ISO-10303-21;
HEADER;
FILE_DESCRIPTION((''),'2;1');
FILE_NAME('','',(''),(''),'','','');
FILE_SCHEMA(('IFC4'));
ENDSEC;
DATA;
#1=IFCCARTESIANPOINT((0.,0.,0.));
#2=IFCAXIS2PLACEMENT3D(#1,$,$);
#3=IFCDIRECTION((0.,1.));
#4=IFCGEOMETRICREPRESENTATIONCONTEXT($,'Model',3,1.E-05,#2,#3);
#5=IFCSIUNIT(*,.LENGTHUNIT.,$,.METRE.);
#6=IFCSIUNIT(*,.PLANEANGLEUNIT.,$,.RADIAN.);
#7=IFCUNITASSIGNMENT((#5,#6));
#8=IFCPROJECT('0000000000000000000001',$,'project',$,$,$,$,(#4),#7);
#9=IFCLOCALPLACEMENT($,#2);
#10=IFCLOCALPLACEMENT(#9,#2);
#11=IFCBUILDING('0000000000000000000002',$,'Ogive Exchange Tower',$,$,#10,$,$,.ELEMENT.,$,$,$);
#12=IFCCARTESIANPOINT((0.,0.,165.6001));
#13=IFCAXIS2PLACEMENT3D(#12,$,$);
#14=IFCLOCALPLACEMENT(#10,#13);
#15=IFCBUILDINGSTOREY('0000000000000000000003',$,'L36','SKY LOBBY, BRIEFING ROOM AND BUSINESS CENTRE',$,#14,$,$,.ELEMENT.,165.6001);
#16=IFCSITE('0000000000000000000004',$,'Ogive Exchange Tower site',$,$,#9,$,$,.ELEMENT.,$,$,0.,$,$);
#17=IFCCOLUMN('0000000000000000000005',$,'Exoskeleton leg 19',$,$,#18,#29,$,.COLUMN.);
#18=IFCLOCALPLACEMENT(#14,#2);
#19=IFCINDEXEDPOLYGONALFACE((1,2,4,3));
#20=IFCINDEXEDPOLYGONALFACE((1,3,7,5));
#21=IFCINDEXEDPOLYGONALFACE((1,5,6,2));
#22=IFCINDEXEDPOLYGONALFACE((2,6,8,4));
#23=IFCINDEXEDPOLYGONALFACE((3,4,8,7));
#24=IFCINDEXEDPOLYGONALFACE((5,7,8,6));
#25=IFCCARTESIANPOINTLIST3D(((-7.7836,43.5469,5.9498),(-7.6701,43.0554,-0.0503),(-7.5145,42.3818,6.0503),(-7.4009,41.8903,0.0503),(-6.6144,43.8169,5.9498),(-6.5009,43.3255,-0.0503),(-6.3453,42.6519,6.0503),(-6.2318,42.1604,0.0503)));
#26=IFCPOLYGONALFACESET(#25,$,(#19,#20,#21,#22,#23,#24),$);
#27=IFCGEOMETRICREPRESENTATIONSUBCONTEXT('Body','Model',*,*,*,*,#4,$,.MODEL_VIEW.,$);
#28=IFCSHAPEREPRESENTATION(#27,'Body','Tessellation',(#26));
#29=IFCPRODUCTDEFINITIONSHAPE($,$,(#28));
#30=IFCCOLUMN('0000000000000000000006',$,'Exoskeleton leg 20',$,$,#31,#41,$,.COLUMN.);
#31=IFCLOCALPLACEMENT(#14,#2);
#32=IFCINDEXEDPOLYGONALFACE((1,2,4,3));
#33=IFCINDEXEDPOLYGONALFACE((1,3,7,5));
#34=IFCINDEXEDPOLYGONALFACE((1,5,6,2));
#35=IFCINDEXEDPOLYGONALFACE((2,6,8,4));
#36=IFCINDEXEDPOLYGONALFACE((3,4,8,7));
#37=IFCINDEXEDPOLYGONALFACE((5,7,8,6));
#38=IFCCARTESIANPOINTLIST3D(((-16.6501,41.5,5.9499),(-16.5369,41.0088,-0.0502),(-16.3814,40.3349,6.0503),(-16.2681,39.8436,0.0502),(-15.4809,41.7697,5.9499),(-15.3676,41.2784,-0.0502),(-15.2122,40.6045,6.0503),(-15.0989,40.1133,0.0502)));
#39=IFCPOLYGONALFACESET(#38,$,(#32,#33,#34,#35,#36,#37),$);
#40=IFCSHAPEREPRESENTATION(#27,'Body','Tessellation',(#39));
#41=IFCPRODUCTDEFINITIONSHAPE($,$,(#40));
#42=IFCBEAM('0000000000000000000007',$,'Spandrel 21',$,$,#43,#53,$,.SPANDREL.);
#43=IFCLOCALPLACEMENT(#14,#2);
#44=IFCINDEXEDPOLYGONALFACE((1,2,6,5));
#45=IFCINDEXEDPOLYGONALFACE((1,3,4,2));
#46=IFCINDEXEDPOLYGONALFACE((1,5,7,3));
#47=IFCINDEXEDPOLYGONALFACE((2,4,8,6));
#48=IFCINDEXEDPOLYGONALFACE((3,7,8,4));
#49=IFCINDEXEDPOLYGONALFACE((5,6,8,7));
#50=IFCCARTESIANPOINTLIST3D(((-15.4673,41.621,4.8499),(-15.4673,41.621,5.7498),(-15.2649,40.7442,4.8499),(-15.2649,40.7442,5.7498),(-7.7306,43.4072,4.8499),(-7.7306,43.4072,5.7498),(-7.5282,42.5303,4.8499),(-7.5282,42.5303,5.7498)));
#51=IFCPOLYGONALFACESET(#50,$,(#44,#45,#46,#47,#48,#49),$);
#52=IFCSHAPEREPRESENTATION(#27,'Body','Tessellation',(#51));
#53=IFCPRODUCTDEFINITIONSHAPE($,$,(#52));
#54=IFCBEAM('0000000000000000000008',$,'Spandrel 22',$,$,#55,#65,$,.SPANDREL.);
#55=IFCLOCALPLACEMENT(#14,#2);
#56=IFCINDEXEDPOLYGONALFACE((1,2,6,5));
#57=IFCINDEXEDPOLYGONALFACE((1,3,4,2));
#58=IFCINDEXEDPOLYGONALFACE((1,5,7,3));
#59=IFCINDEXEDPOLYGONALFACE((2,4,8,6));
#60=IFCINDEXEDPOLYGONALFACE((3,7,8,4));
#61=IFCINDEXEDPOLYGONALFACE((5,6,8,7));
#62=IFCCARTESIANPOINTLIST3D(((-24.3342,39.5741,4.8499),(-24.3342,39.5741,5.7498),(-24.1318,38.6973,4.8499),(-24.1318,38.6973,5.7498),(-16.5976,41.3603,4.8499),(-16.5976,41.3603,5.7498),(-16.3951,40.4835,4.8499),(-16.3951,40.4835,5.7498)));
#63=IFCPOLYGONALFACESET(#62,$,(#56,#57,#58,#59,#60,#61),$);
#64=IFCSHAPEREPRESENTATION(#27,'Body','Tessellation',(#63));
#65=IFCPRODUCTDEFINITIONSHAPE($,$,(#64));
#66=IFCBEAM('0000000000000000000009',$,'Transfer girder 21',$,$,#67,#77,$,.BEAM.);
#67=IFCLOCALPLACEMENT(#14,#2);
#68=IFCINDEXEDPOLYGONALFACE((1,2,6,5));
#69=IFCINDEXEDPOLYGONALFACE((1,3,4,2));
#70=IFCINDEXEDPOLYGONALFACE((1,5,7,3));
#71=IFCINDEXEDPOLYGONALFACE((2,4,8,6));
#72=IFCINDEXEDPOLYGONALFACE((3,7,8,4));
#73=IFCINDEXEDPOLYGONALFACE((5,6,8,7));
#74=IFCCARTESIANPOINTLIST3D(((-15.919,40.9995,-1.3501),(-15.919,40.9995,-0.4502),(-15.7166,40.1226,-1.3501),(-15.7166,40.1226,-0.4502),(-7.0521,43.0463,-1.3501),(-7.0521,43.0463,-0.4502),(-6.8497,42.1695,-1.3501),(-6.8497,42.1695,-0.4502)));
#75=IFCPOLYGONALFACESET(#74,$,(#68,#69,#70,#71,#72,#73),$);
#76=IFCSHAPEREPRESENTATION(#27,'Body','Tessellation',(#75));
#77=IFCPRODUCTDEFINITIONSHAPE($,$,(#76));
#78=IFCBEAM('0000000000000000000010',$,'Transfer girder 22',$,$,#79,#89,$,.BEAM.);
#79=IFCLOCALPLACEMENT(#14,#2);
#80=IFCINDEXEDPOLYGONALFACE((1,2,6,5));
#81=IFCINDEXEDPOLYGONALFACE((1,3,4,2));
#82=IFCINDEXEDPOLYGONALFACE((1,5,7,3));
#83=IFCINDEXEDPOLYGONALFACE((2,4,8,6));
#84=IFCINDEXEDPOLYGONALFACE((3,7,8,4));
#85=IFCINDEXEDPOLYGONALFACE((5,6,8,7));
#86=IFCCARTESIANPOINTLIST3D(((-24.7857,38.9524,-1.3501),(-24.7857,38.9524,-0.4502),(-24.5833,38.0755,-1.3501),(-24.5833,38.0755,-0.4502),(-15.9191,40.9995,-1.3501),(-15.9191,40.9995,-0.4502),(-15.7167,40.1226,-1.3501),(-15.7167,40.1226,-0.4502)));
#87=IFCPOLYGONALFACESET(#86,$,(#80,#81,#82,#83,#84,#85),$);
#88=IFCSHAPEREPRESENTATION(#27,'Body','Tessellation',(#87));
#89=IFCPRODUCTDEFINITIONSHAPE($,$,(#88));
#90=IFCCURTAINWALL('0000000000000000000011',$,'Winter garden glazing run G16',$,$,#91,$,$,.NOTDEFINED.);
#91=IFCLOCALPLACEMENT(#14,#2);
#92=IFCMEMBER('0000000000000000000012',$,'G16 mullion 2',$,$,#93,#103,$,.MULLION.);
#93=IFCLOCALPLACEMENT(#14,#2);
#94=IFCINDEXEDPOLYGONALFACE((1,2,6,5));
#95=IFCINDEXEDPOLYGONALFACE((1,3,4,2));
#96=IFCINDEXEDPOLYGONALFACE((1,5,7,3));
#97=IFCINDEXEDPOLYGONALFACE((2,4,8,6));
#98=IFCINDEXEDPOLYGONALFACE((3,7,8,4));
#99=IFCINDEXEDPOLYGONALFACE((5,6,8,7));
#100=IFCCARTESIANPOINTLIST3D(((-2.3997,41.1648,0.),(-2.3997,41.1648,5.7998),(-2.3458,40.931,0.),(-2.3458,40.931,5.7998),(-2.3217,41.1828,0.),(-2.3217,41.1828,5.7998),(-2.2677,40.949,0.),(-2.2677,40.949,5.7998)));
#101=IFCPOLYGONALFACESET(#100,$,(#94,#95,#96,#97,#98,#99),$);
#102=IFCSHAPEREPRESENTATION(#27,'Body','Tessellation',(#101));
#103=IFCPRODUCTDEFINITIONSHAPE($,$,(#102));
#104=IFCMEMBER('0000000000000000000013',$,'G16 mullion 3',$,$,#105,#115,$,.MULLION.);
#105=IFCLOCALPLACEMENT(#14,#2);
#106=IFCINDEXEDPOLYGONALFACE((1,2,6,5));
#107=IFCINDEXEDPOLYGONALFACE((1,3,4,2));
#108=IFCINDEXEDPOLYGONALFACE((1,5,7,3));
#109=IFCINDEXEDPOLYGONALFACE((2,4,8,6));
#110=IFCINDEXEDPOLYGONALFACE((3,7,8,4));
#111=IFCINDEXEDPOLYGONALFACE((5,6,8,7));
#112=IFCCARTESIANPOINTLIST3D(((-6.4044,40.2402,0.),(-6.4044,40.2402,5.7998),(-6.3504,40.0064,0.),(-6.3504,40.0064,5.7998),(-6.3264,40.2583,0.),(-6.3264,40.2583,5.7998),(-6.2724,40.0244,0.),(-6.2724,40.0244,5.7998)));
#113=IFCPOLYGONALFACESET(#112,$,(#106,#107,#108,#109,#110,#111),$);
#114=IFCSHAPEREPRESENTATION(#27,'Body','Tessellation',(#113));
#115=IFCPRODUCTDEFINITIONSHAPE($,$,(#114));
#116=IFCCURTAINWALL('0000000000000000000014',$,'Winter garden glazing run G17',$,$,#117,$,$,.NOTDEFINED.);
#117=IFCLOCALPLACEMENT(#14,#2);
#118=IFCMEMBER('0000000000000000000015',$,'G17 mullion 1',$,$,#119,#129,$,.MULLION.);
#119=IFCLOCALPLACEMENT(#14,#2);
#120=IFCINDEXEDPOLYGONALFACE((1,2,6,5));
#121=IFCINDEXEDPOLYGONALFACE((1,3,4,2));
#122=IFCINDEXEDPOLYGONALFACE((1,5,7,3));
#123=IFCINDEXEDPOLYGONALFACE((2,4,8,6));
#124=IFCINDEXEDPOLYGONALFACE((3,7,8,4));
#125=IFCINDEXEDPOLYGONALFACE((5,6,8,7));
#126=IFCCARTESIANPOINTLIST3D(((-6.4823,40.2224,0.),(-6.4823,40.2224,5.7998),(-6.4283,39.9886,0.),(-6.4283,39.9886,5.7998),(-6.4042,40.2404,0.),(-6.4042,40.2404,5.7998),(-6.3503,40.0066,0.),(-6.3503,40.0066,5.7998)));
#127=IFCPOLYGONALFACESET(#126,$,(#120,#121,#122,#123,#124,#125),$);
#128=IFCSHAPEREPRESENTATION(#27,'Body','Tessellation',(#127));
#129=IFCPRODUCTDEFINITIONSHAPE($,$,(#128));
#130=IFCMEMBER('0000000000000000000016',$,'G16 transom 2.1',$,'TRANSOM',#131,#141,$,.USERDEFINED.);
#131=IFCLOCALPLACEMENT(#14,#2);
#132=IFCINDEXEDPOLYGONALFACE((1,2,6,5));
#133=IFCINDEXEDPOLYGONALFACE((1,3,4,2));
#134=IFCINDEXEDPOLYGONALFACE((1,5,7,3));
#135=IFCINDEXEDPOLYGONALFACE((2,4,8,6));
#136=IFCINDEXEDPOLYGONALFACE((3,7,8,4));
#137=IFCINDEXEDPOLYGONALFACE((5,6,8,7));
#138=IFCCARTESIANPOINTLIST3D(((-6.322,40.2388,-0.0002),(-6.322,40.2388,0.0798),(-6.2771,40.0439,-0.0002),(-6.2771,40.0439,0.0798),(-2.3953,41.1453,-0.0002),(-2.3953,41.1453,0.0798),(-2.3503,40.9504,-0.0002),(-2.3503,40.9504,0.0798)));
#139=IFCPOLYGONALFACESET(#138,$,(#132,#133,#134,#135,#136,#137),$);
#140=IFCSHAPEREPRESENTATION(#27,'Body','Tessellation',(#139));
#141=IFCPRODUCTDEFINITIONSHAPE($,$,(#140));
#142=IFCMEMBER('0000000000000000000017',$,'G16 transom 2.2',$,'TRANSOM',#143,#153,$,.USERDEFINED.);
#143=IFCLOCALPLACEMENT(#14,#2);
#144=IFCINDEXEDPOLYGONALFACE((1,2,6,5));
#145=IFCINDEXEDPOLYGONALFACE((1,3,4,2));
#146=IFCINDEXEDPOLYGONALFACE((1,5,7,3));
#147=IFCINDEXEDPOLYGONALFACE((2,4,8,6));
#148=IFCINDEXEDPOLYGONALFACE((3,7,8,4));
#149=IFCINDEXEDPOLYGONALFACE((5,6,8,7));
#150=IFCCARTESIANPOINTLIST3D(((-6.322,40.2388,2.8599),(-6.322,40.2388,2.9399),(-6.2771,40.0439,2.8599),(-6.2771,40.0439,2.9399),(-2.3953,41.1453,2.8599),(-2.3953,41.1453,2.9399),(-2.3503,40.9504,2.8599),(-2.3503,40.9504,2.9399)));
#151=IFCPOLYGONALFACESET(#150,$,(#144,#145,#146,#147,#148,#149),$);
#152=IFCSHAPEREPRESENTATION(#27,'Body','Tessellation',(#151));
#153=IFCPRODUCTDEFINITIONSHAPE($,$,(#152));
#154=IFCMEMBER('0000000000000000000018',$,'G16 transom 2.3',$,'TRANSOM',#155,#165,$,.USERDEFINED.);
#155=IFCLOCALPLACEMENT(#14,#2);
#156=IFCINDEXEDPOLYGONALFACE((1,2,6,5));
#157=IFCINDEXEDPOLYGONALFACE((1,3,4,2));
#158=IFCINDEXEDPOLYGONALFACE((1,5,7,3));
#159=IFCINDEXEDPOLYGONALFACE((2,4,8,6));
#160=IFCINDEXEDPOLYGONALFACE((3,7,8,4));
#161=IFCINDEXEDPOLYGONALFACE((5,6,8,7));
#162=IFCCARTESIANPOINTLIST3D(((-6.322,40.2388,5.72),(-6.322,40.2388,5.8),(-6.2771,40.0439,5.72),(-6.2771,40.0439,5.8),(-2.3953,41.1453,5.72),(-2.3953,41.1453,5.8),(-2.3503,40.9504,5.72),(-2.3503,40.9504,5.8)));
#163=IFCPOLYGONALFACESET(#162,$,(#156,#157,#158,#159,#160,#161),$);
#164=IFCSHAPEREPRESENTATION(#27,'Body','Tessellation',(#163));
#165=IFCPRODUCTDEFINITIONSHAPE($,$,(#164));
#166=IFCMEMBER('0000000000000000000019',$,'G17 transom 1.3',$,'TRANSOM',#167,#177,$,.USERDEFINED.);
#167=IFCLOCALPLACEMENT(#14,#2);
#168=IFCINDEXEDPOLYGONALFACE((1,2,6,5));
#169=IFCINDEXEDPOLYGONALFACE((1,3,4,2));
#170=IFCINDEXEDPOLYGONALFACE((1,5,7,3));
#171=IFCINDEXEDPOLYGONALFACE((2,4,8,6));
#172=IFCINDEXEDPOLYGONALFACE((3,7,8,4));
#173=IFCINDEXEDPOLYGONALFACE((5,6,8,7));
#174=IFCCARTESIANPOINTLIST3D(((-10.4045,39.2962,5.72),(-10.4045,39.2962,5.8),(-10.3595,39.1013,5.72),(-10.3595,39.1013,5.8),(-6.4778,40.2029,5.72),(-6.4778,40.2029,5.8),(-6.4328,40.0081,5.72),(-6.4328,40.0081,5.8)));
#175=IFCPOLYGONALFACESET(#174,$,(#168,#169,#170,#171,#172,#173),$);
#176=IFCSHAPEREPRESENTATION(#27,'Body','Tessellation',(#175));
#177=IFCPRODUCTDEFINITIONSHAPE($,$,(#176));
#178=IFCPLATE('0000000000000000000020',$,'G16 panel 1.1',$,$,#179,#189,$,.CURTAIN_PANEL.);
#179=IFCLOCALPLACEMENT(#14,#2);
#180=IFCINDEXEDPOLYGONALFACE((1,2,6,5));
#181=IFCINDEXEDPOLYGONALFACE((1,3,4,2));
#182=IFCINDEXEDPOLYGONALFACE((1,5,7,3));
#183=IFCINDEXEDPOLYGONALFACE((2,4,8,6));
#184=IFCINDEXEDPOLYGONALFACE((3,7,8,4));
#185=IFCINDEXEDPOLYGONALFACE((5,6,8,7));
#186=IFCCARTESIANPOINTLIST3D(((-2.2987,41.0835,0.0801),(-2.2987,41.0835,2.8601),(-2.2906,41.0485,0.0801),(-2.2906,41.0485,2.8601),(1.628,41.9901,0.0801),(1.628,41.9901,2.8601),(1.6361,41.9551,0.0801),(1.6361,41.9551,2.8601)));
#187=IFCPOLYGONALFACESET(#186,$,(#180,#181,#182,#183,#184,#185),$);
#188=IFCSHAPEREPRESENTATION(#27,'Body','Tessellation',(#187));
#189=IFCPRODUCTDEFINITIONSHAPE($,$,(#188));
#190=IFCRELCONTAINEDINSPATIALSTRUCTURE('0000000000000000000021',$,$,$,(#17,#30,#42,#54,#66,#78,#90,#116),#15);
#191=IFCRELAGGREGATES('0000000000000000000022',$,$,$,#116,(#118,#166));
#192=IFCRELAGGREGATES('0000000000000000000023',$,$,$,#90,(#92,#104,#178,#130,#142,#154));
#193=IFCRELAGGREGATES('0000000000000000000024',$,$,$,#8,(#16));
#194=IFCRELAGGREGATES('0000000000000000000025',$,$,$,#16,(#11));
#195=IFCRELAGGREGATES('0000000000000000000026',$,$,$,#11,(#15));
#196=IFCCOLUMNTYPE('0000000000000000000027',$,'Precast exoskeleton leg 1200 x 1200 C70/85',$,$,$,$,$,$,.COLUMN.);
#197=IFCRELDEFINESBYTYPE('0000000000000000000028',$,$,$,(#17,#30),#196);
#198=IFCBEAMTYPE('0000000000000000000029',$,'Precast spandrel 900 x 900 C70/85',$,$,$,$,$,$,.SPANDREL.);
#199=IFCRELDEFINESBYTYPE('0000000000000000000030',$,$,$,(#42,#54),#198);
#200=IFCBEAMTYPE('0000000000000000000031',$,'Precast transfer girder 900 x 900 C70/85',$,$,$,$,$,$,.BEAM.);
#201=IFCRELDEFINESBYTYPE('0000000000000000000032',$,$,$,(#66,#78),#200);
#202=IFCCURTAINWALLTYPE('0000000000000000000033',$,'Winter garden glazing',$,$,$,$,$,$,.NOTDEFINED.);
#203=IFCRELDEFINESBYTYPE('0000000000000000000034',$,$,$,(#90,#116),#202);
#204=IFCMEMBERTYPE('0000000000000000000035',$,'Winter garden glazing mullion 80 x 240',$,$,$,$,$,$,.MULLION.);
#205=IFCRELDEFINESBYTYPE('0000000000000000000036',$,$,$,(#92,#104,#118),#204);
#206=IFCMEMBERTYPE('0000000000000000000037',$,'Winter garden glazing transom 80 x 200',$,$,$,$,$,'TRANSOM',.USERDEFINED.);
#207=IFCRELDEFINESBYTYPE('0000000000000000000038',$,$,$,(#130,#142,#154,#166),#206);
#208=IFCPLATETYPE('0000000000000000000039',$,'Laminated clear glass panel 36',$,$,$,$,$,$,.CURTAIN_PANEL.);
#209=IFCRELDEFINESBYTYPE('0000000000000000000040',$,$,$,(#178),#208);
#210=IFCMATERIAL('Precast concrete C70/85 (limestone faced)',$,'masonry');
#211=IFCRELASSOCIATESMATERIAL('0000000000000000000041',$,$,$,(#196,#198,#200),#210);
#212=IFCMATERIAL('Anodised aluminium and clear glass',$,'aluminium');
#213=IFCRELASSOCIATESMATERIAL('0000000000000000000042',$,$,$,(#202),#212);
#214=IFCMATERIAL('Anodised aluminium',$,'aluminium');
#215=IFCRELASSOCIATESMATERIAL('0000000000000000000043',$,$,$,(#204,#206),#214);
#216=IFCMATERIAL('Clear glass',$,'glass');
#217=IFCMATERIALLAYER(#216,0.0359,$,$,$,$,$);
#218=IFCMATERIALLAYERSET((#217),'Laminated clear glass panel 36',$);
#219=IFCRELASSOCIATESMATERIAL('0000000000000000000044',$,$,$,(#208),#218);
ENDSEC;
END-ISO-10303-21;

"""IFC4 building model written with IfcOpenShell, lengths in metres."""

from ifc_helpers import new_model, si_unit, direction, frame, origin, origin_2d, place, context, subcontext, project, spatial, rectangle, extrude, material, layer, layer_set, material_profile, profile_set, type_object, element, aggregate, save


model = new_model("IFC4")

# Units and contexts
model_context = context("Model", 3, precision=1e-05, world=origin(), true_north=direction((0.0, 1.0)))
body_context = subcontext(model_context, "Body", "Model", "MODEL_VIEW")
ifc_project = project(units=[si_unit("LENGTHUNIT", "METRE"), si_unit("PLANEANGLEUNIT", "RADIAN")], contexts=[model_context])

# Site, building, storey
site_placement = place(None, origin())
site = spatial("IfcSite", under=ifc_project, at=site_placement, Name="Ogive Exchange Tower site", CompositionType="ELEMENT", RefElevation=0.0)
building_placement = place(site_placement, origin())
building = spatial("IfcBuilding", under=site, at=building_placement, Name="Ogive Exchange Tower", CompositionType="ELEMENT")
storey_placement = place(building_placement, frame((0.0, 0.0, 165.6001)))
storey = spatial("IfcBuildingStorey", under=building, at=storey_placement, Name="L36", Description="SKY LOBBY, BRIEFING ROOM AND BUSINESS CENTRE", CompositionType="ELEMENT", Elevation=165.6001)

# Columns
ifc_material_1 = material(Name="Precast concrete C70/85 (limestone faced)", Category="masonry")
ifc_material_profile_1 = material_profile(ifc_material_1, rectangle(XDim=1.2, YDim=1.2, at=origin_2d()), Name="1200 x 1200")
ifc_profile_set_1 = profile_set([ifc_material_profile_1], Name="Precast concrete C70/85 (limestone faced)")
column_type = type_object("IfcColumnType", Name="Precast exoskeleton leg 1200 x 1200 C70/85", PredefinedType="COLUMN", material=ifc_profile_set_1)
for number, where, z_axis, x_axis, name in (
    (1, (-6.9509, 42.6079, 0.0), (-0.018854, 0.081621, 0.996485), (-0.974342, -0.225072, 0.0), "Exoskeleton leg 19"),
    (2, (-15.8179, 40.561, 0.0), (-0.018814, 0.081581, 0.996489), (-0.974424, -0.224718, 0.0), "Exoskeleton leg 20"),
):
    element("IfcColumn", number, at=place(storey_placement, frame(where, z_axis=z_axis, x_axis=x_axis)), inside=storey, type_object=column_type, Name=name, PredefinedType="COLUMN", context=body_context, shape_type="SweptSolid", body=[
        extrude(rectangle(XDim=1.2, YDim=1.2, at=origin_2d()), origin(), (0.0, 0.0, 1.0), 6.0212),
    ])

# Beams
ifc_material_profile_2 = material_profile(ifc_material_1, rectangle(XDim=0.8999, YDim=0.8999, at=origin_2d()), Name="900 x 900")
ifc_profile_set_2 = profile_set([ifc_material_profile_2], Name="Precast concrete C70/85 (limestone faced)")
beam_type_1 = type_object("IfcBeamType", Name="Precast spandrel 900 x 900 C70/85", PredefinedType="SPANDREL", material=ifc_profile_set_2)
for number, where, z_axis, x_axis, name in (
    (3, (-7.6294, 42.9688, 5.2998), (-0.97437, -0.224952, 0.0), (0.224952, -0.97437, 0.0), "Spandrel 21"),
    (4, (-16.4963, 40.9219, 5.2998), (-0.97437, -0.224952, 0.0), (0.224952, -0.97437, 0.0), "Spandrel 22"),
):
    element("IfcBeam", number, at=place(storey_placement, frame(where, z_axis=z_axis, x_axis=x_axis)), inside=storey, type_object=beam_type_1, Name=name, PredefinedType="SPANDREL", context=body_context, shape_type="SweptSolid", body=[
        extrude(rectangle(XDim=0.8999, YDim=0.8999, at=origin_2d()), origin(), (0.0, 0.0, 1.0), 7.9402),
    ])
ifc_material_profile_3 = material_profile(ifc_material_1, rectangle(XDim=0.8999, YDim=0.8999, at=origin_2d()), Name="900 x 900")
ifc_profile_set_3 = profile_set([ifc_material_profile_3], Name="Precast concrete C70/85 (limestone faced)")
beam_type_2 = type_object("IfcBeamType", Name="Precast transfer girder 900 x 900 C70/85", PredefinedType="BEAM", material=ifc_profile_set_3)
beam_1_placement = place(storey_placement, frame((-6.9509, 42.6079, -0.9001), z_axis=(-0.974375, -0.224928, 0.0), x_axis=(0.224928, -0.974375, 0.0)))
element("IfcBeam", 5, at=beam_1_placement, inside=storey, type_object=beam_type_2, Name="Transfer girder 21", PredefinedType="BEAM", context=body_context, shape_type="SweptSolid", body=[
    extrude(rectangle(XDim=0.8999, YDim=0.8999, at=origin_2d()), origin(), (0.0, 0.0, 1.0), 9.1001),
])
beam_2_placement = place(storey_placement, frame((-15.8179, 40.561, -0.9001), z_axis=(-0.974368, -0.224959, 0.0), x_axis=(0.224959, -0.974368, 0.0)))
element("IfcBeam", 6, at=beam_2_placement, inside=storey, type_object=beam_type_2, Name="Transfer girder 22", PredefinedType="BEAM", context=body_context, shape_type="SweptSolid", body=[
    extrude(rectangle(XDim=0.8999, YDim=0.8999, at=origin_2d()), origin(), (0.0, 0.0, 1.0), 9.0999),
])

# Curtain wall, members
ifc_material_2 = material(Name="Anodised aluminium and clear glass", Category="aluminium")
curtain_wall_type = type_object("IfcCurtainWallType", Name="Winter garden glazing", PredefinedType="NOTDEFINED", material=ifc_material_2)
curtain_wall_1_placement = place(storey_placement, origin())
curtain_wall_1 = element("IfcCurtainWall", 7, at=curtain_wall_1_placement, inside=storey, type_object=curtain_wall_type, Name="Winter garden glazing run G16", PredefinedType="NOTDEFINED")
ifc_material_3 = material(Name="Anodised aluminium", Category="aluminium")
ifc_material_profile_4 = material_profile(ifc_material_3, rectangle(XDim=0.24, YDim=0.0801, at=origin_2d()), Name="AL 80x240")
ifc_profile_set_4 = profile_set([ifc_material_profile_4], Name="Anodised aluminium")
member_type_1 = type_object("IfcMemberType", Name="Winter garden glazing mullion 80 x 240", PredefinedType="MULLION", material=ifc_profile_set_4)
member_1_placement = place(storey_placement, frame((-2.3337, 41.0569, 0.0), z_axis=(0.0, 0.0, 1.0), x_axis=(0.224951, -0.97437, 0.0)))
member_1 = element("IfcMember", 8, at=member_1_placement, type_object=member_type_1, Name="G16 mullion 2", PredefinedType="MULLION", context=body_context, shape_type="SweptSolid", body=[
    extrude(rectangle(XDim=0.24, YDim=0.0801, at=origin_2d()), origin(), (0.0, 0.0, 1.0), 5.7998),
])
member_2_placement = place(storey_placement, frame((-6.3384, 40.1323, 0.0), z_axis=(0.0, 0.0, 1.0), x_axis=(0.224951, -0.97437, 0.0)))
member_2 = element("IfcMember", 9, at=member_2_placement, type_object=member_type_1, Name="G16 mullion 3", PredefinedType="MULLION", context=body_context, shape_type="SweptSolid", body=[
    extrude(rectangle(XDim=0.24, YDim=0.0801, at=origin_2d()), origin(), (0.0, 0.0, 1.0), 5.7998),
])

# Curtain wall, member
curtain_wall_2_placement = place(storey_placement, origin())
curtain_wall_2 = element("IfcCurtainWall", 10, at=curtain_wall_2_placement, inside=storey, type_object=curtain_wall_type, Name="Winter garden glazing run G17", PredefinedType="NOTDEFINED")
member_3_placement = place(storey_placement, frame((-6.4163, 40.1145, 0.0), z_axis=(0.0, 0.0, 1.0), x_axis=(0.224954, -0.974369, 0.0)))
member_3 = element("IfcMember", 11, at=member_3_placement, type_object=member_type_1, Name="G17 mullion 1", PredefinedType="MULLION", context=body_context, shape_type="SweptSolid", body=[
    extrude(rectangle(XDim=0.24, YDim=0.0801, at=origin_2d()), origin(), (0.0, 0.0, 1.0), 5.7998),
])

# Members
ifc_material_profile_5 = material_profile(ifc_material_3, rectangle(XDim=0.2, YDim=0.0801, at=origin_2d()), Name="AL 80x200")
ifc_profile_set_5 = profile_set([ifc_material_profile_5], Name="Anodised aluminium")
member_type_2 = type_object("IfcMemberType", Name="Winter garden glazing transom 80 x 200", ElementType="TRANSOM", PredefinedType="USERDEFINED", material=ifc_profile_set_5)
member_4_placement = place(storey_placement, frame((-2.3728, 41.0479, 0.0398), z_axis=(-0.974374, -0.224935, 0.0), x_axis=(0.224935, -0.974374, 0.0)))
member_4 = element("IfcMember", 12, at=member_4_placement, type_object=member_type_2, Name="G16 transom 2.1", ObjectType="TRANSOM", PredefinedType="USERDEFINED", context=body_context, shape_type="SweptSolid", body=[
    extrude(rectangle(XDim=0.2, YDim=0.0801, at=origin_2d()), origin(), (0.0, 0.0, 1.0), 4.03),
])
member_5_placement = place(storey_placement, frame((-2.3728, 41.0479, 2.8999), z_axis=(-0.974374, -0.224935, 0.0), x_axis=(0.224935, -0.974374, 0.0)))
member_5 = element("IfcMember", 13, at=member_5_placement, type_object=member_type_2, Name="G16 transom 2.2", ObjectType="TRANSOM", PredefinedType="USERDEFINED", context=body_context, shape_type="SweptSolid", body=[
    extrude(rectangle(XDim=0.2, YDim=0.0801, at=origin_2d()), origin(), (0.0, 0.0, 1.0), 4.03),
])
member_6_placement = place(storey_placement, frame((-2.3728, 41.0479, 5.76), z_axis=(-0.974374, -0.224935, 0.0), x_axis=(0.224935, -0.974374, 0.0)))
member_6 = element("IfcMember", 14, at=member_6_placement, type_object=member_type_2, Name="G16 transom 2.3", ObjectType="TRANSOM", PredefinedType="USERDEFINED", context=body_context, shape_type="SweptSolid", body=[
    extrude(rectangle(XDim=0.2, YDim=0.0801, at=origin_2d()), origin(), (0.0, 0.0, 1.0), 4.03),
])
member_7_placement = place(storey_placement, frame((-6.4553, 40.1055, 5.76), z_axis=(-0.974361, -0.224992, 0.0), x_axis=(0.224992, -0.974361, 0.0)))
member_7 = element("IfcMember", 15, at=member_7_placement, type_object=member_type_2, Name="G17 transom 1.3", ObjectType="TRANSOM", PredefinedType="USERDEFINED", context=body_context, shape_type="SweptSolid", body=[
    extrude(rectangle(XDim=0.2, YDim=0.0801, at=origin_2d()), origin(), (0.0, 0.0, 1.0), 4.03),
])
aggregate(curtain_wall_2, [member_3, member_7])

# Plate
ifc_material_4 = material(Name="Clear glass", Category="glass")
ifc_layer_1 = layer(ifc_material_4, 0.0359)
ifc_layer_set_1 = layer_set([ifc_layer_1], Name="Laminated clear glass panel 36")
plate_type = type_object("IfcPlateType", Name="Laminated clear glass panel 36", PredefinedType="CURTAIN_PANEL", material=ifc_layer_set_1)
plate_1_placement = place(storey_placement, frame((-0.3313, 41.5193, 0.0801), z_axis=(0.0, 0.0, 1.0), x_axis=(-0.97437, -0.224951, 0.0)))
plate_1 = element("IfcPlate", 16, at=plate_1_placement, type_object=plate_type, Name="G16 panel 1.1", PredefinedType="CURTAIN_PANEL", context=body_context, shape_type="SweptSolid", body=[
    extrude(rectangle(XDim=4.03, YDim=0.0359, at=origin_2d()), origin(), (0.0, 0.0, 1.0), 2.78),
])
aggregate(curtain_wall_1, [member_1, member_2, plate_1, member_4, member_5, member_6])

save(model, "model.ifc")
